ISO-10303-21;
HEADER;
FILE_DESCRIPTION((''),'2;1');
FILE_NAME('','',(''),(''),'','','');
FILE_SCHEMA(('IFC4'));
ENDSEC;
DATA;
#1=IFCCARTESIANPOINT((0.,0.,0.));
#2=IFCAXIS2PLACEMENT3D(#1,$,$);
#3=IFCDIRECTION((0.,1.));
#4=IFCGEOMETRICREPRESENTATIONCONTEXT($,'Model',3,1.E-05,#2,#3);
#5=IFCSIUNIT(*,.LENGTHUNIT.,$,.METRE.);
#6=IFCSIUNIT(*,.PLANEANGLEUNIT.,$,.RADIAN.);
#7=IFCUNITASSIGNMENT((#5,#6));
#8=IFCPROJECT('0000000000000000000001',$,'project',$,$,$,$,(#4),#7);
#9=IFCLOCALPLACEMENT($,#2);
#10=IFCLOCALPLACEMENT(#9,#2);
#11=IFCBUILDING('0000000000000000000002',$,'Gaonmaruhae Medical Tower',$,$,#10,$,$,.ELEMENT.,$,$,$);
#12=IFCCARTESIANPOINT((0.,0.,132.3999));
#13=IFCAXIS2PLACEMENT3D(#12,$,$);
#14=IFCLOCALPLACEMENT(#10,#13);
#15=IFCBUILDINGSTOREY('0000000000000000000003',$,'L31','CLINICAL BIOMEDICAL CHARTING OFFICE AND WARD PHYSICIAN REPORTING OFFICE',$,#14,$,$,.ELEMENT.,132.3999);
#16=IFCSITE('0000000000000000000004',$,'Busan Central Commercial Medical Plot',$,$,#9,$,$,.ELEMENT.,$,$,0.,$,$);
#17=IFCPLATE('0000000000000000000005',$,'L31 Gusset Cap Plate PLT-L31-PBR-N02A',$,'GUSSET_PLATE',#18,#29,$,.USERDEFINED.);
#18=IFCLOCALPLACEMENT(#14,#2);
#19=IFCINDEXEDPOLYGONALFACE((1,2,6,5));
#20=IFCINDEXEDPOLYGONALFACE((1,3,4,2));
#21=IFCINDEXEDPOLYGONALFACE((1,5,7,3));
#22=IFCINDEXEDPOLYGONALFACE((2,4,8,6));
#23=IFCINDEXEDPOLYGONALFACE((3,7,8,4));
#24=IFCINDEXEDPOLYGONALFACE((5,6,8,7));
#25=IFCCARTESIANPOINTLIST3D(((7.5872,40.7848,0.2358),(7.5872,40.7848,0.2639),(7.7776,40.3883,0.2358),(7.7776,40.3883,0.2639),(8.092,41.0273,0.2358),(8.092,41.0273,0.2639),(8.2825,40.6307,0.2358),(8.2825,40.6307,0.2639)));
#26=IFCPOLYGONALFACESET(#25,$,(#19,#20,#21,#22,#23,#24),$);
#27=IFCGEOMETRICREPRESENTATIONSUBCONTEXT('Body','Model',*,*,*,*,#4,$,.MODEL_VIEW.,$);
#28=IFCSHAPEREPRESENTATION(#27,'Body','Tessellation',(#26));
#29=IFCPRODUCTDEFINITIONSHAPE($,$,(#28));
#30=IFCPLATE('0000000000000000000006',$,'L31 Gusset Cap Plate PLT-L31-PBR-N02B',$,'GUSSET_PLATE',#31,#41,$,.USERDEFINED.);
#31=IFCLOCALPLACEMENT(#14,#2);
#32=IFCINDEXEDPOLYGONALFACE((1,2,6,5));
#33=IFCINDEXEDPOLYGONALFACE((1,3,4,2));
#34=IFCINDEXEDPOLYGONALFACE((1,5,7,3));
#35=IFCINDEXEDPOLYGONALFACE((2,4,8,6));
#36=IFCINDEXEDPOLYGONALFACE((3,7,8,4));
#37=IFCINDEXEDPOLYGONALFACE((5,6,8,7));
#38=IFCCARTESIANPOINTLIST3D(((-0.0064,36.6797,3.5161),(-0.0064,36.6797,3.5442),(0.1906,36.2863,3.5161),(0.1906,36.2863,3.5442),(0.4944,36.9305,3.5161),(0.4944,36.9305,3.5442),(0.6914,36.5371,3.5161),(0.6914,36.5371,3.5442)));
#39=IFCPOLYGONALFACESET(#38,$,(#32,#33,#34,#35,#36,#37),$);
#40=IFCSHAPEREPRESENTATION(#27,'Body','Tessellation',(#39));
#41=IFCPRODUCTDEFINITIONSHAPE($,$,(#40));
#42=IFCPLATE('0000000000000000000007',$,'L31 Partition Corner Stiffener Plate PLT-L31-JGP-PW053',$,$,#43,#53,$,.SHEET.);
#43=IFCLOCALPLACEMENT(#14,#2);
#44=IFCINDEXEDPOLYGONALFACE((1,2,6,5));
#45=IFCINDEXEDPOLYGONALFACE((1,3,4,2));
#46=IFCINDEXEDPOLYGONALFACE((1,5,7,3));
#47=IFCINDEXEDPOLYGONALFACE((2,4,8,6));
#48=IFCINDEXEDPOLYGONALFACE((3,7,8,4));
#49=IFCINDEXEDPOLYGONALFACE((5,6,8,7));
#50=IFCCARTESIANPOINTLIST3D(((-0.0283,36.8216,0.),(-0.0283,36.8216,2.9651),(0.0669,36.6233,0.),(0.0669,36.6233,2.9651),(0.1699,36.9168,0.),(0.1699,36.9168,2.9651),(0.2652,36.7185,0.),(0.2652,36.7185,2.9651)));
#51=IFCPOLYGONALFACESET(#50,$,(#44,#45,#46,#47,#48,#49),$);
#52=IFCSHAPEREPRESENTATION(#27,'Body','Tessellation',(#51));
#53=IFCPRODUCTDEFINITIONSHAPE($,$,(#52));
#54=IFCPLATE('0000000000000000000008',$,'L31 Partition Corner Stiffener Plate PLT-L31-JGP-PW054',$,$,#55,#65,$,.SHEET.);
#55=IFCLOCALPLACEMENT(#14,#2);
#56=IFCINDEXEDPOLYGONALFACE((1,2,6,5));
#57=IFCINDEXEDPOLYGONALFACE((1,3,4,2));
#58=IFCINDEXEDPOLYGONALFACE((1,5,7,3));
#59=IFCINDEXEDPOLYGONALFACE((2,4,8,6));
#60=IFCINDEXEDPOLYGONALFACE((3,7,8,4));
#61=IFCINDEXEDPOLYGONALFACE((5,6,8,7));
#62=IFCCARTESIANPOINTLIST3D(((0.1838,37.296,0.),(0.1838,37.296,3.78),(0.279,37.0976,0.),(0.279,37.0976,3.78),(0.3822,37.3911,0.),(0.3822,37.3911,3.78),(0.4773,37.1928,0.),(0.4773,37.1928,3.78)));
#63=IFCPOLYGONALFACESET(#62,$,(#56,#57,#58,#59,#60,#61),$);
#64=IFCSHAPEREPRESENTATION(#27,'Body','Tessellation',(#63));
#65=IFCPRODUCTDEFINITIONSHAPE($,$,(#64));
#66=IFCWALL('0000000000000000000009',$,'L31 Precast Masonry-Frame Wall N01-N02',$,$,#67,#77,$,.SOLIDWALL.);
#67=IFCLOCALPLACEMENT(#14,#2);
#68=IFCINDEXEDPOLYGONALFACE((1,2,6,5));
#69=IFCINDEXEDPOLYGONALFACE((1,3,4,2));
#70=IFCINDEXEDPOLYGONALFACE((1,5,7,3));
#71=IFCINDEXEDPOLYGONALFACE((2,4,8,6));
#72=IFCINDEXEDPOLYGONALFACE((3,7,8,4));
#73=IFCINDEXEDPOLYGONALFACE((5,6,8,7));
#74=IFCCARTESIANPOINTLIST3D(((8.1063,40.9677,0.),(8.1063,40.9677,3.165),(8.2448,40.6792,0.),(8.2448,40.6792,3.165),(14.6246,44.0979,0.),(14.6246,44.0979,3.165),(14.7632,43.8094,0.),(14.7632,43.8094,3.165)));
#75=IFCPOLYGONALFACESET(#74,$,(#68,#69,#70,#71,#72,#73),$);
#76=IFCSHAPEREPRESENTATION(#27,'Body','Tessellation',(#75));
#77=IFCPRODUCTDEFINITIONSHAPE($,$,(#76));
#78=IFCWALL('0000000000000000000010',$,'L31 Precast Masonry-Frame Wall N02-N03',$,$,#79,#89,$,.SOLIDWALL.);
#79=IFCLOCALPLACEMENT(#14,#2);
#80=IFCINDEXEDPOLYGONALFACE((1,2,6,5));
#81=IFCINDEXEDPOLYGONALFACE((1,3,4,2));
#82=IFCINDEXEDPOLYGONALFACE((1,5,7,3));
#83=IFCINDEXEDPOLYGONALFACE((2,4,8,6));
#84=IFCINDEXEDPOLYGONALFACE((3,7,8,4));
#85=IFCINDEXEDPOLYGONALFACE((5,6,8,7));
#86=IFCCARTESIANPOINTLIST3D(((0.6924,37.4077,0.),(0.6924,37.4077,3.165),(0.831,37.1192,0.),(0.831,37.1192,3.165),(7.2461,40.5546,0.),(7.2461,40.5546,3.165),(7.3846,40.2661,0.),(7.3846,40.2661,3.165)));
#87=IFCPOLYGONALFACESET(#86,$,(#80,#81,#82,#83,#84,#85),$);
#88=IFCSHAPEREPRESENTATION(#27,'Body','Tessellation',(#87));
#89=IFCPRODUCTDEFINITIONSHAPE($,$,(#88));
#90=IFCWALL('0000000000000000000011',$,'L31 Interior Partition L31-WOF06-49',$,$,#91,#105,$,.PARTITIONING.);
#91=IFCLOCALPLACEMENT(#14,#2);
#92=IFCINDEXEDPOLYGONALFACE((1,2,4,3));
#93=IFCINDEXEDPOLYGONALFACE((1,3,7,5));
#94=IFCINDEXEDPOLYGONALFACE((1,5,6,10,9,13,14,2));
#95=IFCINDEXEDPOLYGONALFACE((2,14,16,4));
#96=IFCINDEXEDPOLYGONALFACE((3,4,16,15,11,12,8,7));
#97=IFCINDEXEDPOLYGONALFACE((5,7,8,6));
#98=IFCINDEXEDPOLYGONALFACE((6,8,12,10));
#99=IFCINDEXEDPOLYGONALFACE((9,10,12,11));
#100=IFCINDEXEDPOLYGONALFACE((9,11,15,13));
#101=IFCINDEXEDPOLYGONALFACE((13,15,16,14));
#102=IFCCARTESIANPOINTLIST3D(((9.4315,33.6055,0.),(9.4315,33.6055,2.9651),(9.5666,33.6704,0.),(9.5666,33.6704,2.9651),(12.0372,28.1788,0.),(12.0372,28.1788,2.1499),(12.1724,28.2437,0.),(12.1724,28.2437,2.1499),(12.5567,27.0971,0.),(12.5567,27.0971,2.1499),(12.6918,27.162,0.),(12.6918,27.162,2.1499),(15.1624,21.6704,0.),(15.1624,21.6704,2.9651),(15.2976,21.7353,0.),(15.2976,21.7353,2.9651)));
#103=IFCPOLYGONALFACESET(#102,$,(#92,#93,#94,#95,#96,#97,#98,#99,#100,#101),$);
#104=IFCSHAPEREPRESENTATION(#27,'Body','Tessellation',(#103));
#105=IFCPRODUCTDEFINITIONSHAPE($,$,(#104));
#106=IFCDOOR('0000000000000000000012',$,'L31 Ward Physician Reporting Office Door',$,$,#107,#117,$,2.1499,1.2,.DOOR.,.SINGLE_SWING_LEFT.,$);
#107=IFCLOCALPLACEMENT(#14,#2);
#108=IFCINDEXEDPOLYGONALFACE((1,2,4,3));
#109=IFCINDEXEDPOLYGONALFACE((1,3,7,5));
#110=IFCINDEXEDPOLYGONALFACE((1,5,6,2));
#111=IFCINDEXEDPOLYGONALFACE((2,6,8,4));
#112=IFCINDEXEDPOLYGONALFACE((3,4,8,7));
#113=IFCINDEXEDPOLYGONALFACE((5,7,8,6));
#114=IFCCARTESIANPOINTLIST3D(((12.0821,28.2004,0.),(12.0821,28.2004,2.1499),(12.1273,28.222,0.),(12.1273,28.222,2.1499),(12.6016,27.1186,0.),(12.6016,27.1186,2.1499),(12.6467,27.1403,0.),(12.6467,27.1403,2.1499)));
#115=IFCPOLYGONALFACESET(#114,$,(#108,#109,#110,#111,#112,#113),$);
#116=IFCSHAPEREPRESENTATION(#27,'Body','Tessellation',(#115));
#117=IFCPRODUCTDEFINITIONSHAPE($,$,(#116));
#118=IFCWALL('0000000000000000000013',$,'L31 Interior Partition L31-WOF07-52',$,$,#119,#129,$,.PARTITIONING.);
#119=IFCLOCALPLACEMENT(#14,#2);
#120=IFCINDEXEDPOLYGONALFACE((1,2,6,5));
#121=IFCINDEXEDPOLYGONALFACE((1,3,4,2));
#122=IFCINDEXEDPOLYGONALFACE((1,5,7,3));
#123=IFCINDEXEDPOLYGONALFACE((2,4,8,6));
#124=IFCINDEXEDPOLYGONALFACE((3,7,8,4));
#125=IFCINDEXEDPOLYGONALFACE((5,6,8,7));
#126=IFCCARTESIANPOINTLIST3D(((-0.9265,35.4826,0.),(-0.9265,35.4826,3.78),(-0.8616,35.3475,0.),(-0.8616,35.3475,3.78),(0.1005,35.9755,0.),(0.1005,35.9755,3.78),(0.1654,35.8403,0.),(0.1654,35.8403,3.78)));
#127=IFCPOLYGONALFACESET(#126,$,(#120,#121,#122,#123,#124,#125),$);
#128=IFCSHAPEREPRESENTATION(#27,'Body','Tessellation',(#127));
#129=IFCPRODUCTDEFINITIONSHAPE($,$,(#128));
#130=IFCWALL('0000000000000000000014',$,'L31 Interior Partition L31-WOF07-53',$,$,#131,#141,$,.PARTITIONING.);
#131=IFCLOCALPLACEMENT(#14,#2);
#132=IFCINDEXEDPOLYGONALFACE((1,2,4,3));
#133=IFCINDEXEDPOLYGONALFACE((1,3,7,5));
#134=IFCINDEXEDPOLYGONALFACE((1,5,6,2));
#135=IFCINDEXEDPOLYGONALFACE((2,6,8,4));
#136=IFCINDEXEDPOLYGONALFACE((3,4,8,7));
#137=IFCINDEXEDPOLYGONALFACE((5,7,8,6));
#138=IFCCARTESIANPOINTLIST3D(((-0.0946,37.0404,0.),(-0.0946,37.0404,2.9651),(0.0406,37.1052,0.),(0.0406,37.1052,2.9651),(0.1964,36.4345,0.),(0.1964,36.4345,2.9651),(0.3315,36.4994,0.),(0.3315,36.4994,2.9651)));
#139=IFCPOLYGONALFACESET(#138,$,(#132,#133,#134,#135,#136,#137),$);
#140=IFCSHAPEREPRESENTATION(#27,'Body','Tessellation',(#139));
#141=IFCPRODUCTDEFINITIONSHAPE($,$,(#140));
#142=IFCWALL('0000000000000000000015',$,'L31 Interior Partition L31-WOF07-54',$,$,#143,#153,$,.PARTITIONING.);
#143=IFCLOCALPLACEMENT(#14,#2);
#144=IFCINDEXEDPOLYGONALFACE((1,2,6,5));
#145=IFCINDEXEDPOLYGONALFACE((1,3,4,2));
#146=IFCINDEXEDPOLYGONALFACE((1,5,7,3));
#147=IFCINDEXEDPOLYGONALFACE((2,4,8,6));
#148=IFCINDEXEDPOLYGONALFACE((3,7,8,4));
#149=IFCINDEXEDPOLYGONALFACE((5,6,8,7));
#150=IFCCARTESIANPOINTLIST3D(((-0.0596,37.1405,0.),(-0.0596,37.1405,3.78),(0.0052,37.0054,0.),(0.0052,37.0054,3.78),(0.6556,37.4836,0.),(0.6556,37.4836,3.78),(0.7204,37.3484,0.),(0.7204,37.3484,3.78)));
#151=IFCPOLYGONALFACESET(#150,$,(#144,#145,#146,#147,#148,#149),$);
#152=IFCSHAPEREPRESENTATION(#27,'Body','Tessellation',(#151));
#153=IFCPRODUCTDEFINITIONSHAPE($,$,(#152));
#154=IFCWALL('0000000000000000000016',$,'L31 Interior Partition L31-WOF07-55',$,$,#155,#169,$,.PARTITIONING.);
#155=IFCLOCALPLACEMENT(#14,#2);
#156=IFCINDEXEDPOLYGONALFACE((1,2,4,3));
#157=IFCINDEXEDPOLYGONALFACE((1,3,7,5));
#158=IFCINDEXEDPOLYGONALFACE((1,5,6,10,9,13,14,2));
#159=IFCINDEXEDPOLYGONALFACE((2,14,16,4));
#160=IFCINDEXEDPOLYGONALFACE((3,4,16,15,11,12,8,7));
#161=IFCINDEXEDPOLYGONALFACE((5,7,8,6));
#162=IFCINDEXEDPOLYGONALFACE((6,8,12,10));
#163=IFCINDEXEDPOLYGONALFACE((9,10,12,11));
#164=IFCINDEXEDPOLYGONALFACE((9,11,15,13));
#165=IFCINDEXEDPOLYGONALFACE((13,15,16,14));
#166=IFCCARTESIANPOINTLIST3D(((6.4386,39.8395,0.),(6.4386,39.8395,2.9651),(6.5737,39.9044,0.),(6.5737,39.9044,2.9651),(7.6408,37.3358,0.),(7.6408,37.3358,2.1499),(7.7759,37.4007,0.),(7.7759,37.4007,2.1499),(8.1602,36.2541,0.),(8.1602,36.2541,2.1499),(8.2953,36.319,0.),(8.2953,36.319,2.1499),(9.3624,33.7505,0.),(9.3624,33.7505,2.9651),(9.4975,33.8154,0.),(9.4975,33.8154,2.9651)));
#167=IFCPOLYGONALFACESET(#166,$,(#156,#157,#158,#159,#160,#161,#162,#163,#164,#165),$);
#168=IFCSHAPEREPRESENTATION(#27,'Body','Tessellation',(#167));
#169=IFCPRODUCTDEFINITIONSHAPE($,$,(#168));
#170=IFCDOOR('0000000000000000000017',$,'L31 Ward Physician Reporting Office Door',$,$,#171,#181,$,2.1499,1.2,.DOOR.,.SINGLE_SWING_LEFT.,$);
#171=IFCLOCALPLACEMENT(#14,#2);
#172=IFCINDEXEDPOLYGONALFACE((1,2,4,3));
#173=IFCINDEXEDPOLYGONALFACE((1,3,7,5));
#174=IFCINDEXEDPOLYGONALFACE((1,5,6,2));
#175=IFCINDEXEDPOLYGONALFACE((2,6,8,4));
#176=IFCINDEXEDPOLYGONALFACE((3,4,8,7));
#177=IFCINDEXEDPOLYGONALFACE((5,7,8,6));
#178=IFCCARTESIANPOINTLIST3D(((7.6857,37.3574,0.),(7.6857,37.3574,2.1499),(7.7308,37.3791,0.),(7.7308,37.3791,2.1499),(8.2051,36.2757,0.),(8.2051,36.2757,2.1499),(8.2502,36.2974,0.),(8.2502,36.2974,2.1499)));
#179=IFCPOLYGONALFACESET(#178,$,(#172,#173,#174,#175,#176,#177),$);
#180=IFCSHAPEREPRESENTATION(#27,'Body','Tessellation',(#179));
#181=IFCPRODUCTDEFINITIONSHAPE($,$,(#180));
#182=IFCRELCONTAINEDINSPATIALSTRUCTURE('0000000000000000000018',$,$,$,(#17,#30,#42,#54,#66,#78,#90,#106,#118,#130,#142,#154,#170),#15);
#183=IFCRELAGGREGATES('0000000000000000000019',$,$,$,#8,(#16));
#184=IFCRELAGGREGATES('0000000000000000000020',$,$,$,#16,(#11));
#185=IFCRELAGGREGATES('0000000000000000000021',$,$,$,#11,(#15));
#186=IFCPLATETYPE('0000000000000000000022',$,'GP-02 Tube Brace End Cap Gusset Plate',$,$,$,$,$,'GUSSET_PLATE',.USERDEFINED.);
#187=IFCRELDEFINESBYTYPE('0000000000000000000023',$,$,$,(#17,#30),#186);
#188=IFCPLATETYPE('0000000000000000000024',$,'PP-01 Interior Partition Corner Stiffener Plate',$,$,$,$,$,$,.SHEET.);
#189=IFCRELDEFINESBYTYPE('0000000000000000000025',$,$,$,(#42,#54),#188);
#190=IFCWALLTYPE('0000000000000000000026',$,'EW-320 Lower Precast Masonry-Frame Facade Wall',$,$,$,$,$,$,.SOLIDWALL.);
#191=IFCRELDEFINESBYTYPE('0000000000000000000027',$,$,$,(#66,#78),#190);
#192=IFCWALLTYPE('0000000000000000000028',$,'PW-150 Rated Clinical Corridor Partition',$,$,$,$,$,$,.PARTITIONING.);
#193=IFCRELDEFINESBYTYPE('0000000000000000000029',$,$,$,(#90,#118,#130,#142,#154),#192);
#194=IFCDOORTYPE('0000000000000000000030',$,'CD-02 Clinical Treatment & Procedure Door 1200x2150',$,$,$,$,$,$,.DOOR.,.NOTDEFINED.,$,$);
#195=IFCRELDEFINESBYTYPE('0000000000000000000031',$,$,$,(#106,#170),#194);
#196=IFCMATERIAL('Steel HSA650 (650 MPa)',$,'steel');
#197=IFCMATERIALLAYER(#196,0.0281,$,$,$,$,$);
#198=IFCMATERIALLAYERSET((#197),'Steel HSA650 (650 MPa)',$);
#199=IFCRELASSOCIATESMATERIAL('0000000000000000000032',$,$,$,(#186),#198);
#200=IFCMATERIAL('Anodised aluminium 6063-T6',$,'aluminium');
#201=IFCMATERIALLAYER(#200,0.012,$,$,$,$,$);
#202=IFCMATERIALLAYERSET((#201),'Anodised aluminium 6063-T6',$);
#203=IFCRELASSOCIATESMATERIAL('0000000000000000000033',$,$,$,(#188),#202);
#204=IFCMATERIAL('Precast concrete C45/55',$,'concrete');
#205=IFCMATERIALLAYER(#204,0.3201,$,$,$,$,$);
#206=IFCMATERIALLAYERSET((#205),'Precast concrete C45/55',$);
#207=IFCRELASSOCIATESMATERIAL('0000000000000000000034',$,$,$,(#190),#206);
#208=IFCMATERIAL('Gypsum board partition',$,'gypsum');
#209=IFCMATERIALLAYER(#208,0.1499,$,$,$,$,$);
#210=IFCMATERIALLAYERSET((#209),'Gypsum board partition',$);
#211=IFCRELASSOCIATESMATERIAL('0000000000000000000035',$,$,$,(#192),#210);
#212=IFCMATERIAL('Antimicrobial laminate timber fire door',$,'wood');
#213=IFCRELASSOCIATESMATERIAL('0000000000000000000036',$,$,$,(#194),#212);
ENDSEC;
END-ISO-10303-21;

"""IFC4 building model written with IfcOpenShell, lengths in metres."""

from ifc_helpers import new_model, si_unit, direction, frame, frame_2d, origin, origin_2d, place, context, subcontext, project, spatial, rectangle, extrude, material, layer, layer_set, type_object, element, fill, save


model = new_model("IFC4")

# Units and contexts
model_context = context("Model", 3, precision=1e-05, world=origin(), true_north=direction((0.0, 1.0)))
body_context = subcontext(model_context, "Body", "Model", "MODEL_VIEW")
ifc_project = project(units=[si_unit("LENGTHUNIT", "METRE"), si_unit("PLANEANGLEUNIT", "RADIAN")], contexts=[model_context])

# Site, building, storey
site_placement = place(None, origin())
site = spatial("IfcSite", under=ifc_project, at=site_placement, Name="Busan Central Commercial Medical Plot", CompositionType="ELEMENT", RefElevation=0.0)
building_placement = place(site_placement, origin())
building = spatial("IfcBuilding", under=site, at=building_placement, Name="Gaonmaruhae Medical Tower", CompositionType="ELEMENT")
storey_placement = place(building_placement, frame((0.0, 0.0, 132.3999)))
storey = spatial("IfcBuildingStorey", under=building, at=storey_placement, Name="L31", Description="CLINICAL BIOMEDICAL CHARTING OFFICE AND WARD PHYSICIAN REPORTING OFFICE", CompositionType="ELEMENT", Elevation=132.3999)

# Plates
ifc_material_1 = material(Name="Steel HSA650 (650 MPa)", Category="steel")
ifc_layer_1 = layer(ifc_material_1, 0.0281)
ifc_layer_set_1 = layer_set([ifc_layer_1], Name="Steel HSA650 (650 MPa)")
plate_type_1 = type_object("IfcPlateType", Name="GP-02 Tube Brace End Cap Gusset Plate", ElementType="GUSSET_PLATE", PredefinedType="USERDEFINED", material=ifc_layer_set_1)
for number, where, z_axis, x_axis, name in (
    (1, (7.9348, 40.7078, 0.2358), (0.0, 0.0, 1.0), (0.901455, 0.432873, 0.0), "L31 Gusset Cap Plate PLT-L31-PBR-N02A"),
    (2, (0.3425, 36.6084, 3.5161), (0.0, 0.0, 1.0), (0.894154, 0.447759, 0.0), "L31 Gusset Cap Plate PLT-L31-PBR-N02B"),
):
    element("IfcPlate", number, at=place(storey_placement, frame(where, z_axis=z_axis, x_axis=x_axis)), inside=storey, type_object=plate_type_1, Name=name, ObjectType="GUSSET_PLATE", PredefinedType="USERDEFINED", context=body_context, shape_type="SweptSolid", body=[
        extrude(rectangle(XDim=0.5601, YDim=0.4399, at=origin_2d()), origin(), (0.0, 0.0, 1.0), 0.0281),
    ])
ifc_material_2 = material(Name="Anodised aluminium 6063-T6", Category="aluminium")
ifc_layer_2 = layer(ifc_material_2, 0.012)
ifc_layer_set_2 = layer_set([ifc_layer_2], Name="Anodised aluminium 6063-T6")
plate_type_2 = type_object("IfcPlateType", Name="PP-01 Interior Partition Corner Stiffener Plate", PredefinedType="SHEET", material=ifc_layer_set_2)
plate_1_placement = place(storey_placement, frame((0.1184, 36.77, 0.0), z_axis=(0.0, 0.0, 1.0), x_axis=(-0.432873, 0.901455, 0.0)))
element("IfcPlate", 3, at=plate_1_placement, inside=storey, type_object=plate_type_2, Name="L31 Partition Corner Stiffener Plate PLT-L31-JGP-PW053", PredefinedType="SHEET", context=body_context, shape_type="SweptSolid", body=[
    extrude(rectangle(XDim=0.22, YDim=0.22, at=origin_2d()), origin(), (0.0, 0.0, 1.0), 2.9651),
])
plate_2_placement = place(storey_placement, frame((0.3306, 37.2444, 0.0), z_axis=(0.0, 0.0, 1.0), x_axis=(0.901621, 0.432526, 0.0)))
element("IfcPlate", 4, at=plate_2_placement, inside=storey, type_object=plate_type_2, Name="L31 Partition Corner Stiffener Plate PLT-L31-JGP-PW054", PredefinedType="SHEET", context=body_context, shape_type="SweptSolid", body=[
    extrude(rectangle(XDim=0.22, YDim=0.22, at=origin_2d()), origin(), (0.0, 0.0, 1.0), 3.78),
])

# Walls
ifc_material_3 = material(Name="Precast concrete C45/55", Category="concrete")
ifc_layer_3 = layer(ifc_material_3, 0.3201)
ifc_layer_set_3 = layer_set([ifc_layer_3], Name="Precast concrete C45/55")
wall_type_1 = type_object("IfcWallType", Name="EW-320 Lower Precast Masonry-Frame Facade Wall", PredefinedType="SOLIDWALL", material=ifc_layer_set_3)
wall_1_placement = place(storey_placement, frame((8.1755, 40.8235, 0.0), z_axis=(0.0, 0.0, 1.0), x_axis=(0.901451, 0.432881, 0.0)))
element("IfcWall", 5, at=wall_1_placement, inside=storey, type_object=wall_type_1, Name="L31 Precast Masonry-Frame Wall N01-N02", PredefinedType="SOLIDWALL", context=body_context, shape_type="SweptSolid", body=[
    extrude(rectangle(XDim=7.231, YDim=0.3201, at=frame_2d((3.6155, 0.0))), origin(), (0.0, 0.0, 1.0), 3.165),
])
wall_2_placement = place(storey_placement, frame((0.7617, 37.2634, 0.0), z_axis=(0.0, 0.0, 1.0), x_axis=(0.901459, 0.432864, 0.0)))
element("IfcWall", 6, at=wall_2_placement, inside=storey, type_object=wall_type_1, Name="L31 Precast Masonry-Frame Wall N02-N03", PredefinedType="SOLIDWALL", context=body_context, shape_type="SweptSolid", body=[
    extrude(rectangle(XDim=7.27, YDim=0.3201, at=frame_2d((3.635, 0.0))), origin(), (0.0, 0.0, 1.0), 3.165),
])

# Wall, opening, door
ifc_material_4 = material(Name="Gypsum board partition", Category="gypsum")
ifc_layer_4 = layer(ifc_material_4, 0.1499)
ifc_layer_set_4 = layer_set([ifc_layer_4], Name="Gypsum board partition")
wall_type_2 = type_object("IfcWallType", Name="PW-150 Rated Clinical Corridor Partition", PredefinedType="PARTITIONING", material=ifc_layer_set_4)
wall_3_placement = place(storey_placement, frame((9.499, 33.6379, 0.0), z_axis=(0.0, 0.0, 1.0), x_axis=(0.432862, -0.90146, 0.0)))
wall_3 = element("IfcWall", 7, at=wall_3_placement, inside=storey, type_object=wall_type_2, Name="L31 Interior Partition L31-WOF06-49", PredefinedType="PARTITIONING", context=body_context, shape_type="SweptSolid", body=[
    extrude(rectangle(XDim=13.2397, YDim=0.1499, at=frame_2d((6.6199, 0.0))), origin(), (0.0, 0.0, 1.0), 2.9651),
])
opening_1_placement = place(wall_3_placement, frame((6.0198, 0.0, 0.0)))
opening_1 = element("IfcOpeningElement", 8, at=opening_1_placement, cuts=wall_3, PredefinedType="OPENING", context=body_context, shape_type="SweptSolid", body=[
    extrude(rectangle(XDim=1.2, YDim=2.1499, at=frame_2d((0.6001, 1.075))), frame((0.0, 0.085, 0.0), z_axis=(0.0, -1.0, 0.0), x_axis=(1.0, 0.0, 0.0)), (0.0, 0.0, 1.0), 0.1699),
])
ifc_material_5 = material(Name="Antimicrobial laminate timber fire door", Category="wood")
door_type = type_object("IfcDoorType", Name="CD-02 Clinical Treatment & Procedure Door 1200x2150", OperationType="NOTDEFINED", PredefinedType="DOOR", material=ifc_material_5)
door_1_placement = place(opening_1_placement, origin())
door_1 = element("IfcDoor", 9, at=door_1_placement, inside=storey, type_object=door_type, Name="L31 Ward Physician Reporting Office Door", OperationType="SINGLE_SWING_LEFT", OverallHeight=2.1499, OverallWidth=1.2, PredefinedType="DOOR", context=body_context, shape_type="SweptSolid", body=[
    extrude(rectangle(XDim=1.2, YDim=2.1499, at=frame_2d((0.6001, 1.075))), frame((0.0, 0.0249, 0.0), z_axis=(0.0, -1.0, 0.0), x_axis=(1.0, 0.0, 0.0)), (0.0, 0.0, 1.0), 0.05),
])
fill(opening_1, door_1)

# Walls
wall_4_placement = place(storey_placement, frame((-0.894, 35.415, 0.0), z_axis=(0.0, 0.0, 1.0), x_axis=(0.901553, 0.432668, 0.0)))
element("IfcWall", 10, at=wall_4_placement, inside=storey, type_object=wall_type_2, Name="L31 Interior Partition L31-WOF07-52", PredefinedType="PARTITIONING", context=body_context, shape_type="SweptSolid", body=[
    extrude(rectangle(XDim=1.1392, YDim=0.1499, at=frame_2d((0.5696, 0.0))), origin(), (0.0, 0.0, 1.0), 3.78),
])
wall_5_placement = place(storey_placement, frame((0.2639, 36.467, 0.0), z_axis=(0.0, 0.0, 1.0), x_axis=(-0.43292, 0.901432, 0.0)))
element("IfcWall", 11, at=wall_5_placement, inside=storey, type_object=wall_type_2, Name="L31 Interior Partition L31-WOF07-53", PredefinedType="PARTITIONING", context=body_context, shape_type="SweptSolid", body=[
    extrude(rectangle(XDim=0.6721, YDim=0.1499, at=frame_2d((0.3359, 0.0))), origin(), (0.0, 0.0, 1.0), 2.9651),
])
wall_6_placement = place(storey_placement, frame((-0.0271, 37.073, 0.0), z_axis=(0.0, 0.0, 1.0), x_axis=(0.901634, 0.432501, 0.0)))
element("IfcWall", 12, at=wall_6_placement, inside=storey, type_object=wall_type_2, Name="L31 Interior Partition L31-WOF07-54", PredefinedType="PARTITIONING", context=body_context, shape_type="SweptSolid", body=[
    extrude(rectangle(XDim=0.7932, YDim=0.1499, at=frame_2d((0.3965, 0.0))), origin(), (0.0, 0.0, 1.0), 3.78),
])

# Wall, opening, door
wall_7_placement = place(storey_placement, frame((6.5061, 39.8721, 0.0), z_axis=(0.0, 0.0, 1.0), x_axis=(0.432858, -0.901462, 0.0)))
wall_7 = element("IfcWall", 13, at=wall_7_placement, inside=storey, type_object=wall_type_2, Name="L31 Interior Partition L31-WOF07-55", PredefinedType="PARTITIONING", context=body_context, shape_type="SweptSolid", body=[
    extrude(rectangle(XDim=6.7546, YDim=0.1499, at=frame_2d((3.3774, 0.0))), origin(), (0.0, 0.0, 1.0), 2.9651),
])
opening_2_placement = place(wall_7_placement, frame((2.7773, 0.0, 0.0)))
opening_2 = element("IfcOpeningElement", 14, at=opening_2_placement, cuts=wall_7, PredefinedType="OPENING", context=body_context, shape_type="SweptSolid", body=[
    extrude(rectangle(XDim=1.2, YDim=2.1499, at=frame_2d((0.6001, 1.075))), frame((0.0, 0.085, 0.0), z_axis=(0.0, -1.0, 0.0), x_axis=(1.0, 0.0, 0.0)), (0.0, 0.0, 1.0), 0.1699),
])
door_2_placement = place(opening_2_placement, origin())
door_2 = element("IfcDoor", 15, at=door_2_placement, inside=storey, type_object=door_type, Name="L31 Ward Physician Reporting Office Door", OperationType="SINGLE_SWING_LEFT", OverallHeight=2.1499, OverallWidth=1.2, PredefinedType="DOOR", context=body_context, shape_type="SweptSolid", body=[
    extrude(rectangle(XDim=1.2, YDim=2.1499, at=frame_2d((0.6001, 1.075))), frame((0.0, 0.0249, 0.0), z_axis=(0.0, -1.0, 0.0), x_axis=(1.0, 0.0, 0.0)), (0.0, 0.0, 1.0), 0.05),
])
fill(opening_2, door_2)

save(model, "model.ifc")
